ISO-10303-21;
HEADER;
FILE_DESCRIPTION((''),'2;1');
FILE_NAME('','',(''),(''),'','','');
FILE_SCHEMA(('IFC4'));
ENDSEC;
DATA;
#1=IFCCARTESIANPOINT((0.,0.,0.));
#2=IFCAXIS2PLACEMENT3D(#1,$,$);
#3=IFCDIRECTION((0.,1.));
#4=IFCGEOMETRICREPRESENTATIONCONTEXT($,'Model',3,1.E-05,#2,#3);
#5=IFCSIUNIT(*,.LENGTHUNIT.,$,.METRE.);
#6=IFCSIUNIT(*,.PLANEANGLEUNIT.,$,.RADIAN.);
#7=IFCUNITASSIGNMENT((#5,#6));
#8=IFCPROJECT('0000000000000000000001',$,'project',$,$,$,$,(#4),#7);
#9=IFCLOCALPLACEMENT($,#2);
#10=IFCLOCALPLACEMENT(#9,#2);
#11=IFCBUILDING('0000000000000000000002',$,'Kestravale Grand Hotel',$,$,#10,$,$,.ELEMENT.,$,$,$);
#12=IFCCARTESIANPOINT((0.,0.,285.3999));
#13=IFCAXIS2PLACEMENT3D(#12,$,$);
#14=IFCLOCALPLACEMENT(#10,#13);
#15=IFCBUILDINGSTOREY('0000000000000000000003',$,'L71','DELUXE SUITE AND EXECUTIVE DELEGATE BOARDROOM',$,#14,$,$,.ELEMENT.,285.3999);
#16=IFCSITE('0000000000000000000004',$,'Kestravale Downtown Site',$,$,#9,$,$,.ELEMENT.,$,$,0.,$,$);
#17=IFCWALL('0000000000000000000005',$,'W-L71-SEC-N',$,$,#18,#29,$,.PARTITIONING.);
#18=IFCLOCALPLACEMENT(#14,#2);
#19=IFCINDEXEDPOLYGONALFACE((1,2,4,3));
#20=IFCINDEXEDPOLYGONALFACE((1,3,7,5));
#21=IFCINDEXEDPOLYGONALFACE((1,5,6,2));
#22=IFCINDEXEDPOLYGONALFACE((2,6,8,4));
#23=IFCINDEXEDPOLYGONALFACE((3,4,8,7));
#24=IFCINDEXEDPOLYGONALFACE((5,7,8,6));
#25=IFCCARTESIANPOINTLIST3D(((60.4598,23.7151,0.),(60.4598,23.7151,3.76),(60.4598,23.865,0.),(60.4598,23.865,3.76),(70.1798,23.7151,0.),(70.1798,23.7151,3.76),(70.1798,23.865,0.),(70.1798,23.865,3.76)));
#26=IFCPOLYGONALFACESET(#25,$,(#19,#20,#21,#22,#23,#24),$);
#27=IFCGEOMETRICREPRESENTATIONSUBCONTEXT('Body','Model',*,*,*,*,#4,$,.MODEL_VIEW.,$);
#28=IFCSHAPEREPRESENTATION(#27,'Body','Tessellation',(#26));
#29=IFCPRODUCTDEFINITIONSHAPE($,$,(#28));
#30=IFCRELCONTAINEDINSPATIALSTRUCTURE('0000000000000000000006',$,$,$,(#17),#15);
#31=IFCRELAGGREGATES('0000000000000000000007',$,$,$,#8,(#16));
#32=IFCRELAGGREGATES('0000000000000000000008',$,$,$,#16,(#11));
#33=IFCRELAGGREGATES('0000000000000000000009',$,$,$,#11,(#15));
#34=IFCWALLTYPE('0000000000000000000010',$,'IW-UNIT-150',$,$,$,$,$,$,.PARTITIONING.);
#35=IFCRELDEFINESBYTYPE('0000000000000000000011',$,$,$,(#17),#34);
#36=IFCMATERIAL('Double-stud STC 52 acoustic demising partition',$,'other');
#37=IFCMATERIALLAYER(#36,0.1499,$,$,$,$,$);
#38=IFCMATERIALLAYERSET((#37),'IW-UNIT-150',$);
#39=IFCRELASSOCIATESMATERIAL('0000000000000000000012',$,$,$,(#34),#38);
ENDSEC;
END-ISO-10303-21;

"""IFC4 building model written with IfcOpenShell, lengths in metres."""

from ifc_helpers import new_model, si_unit, direction, frame, frame_2d, origin, place, context, subcontext, project, spatial, rectangle, extrude, material, layer, layer_set, type_object, element, save


model = new_model("IFC4")

# Units and contexts
model_context = context("Model", 3, precision=1e-05, world=origin(), true_north=direction((0.0, 1.0)))
body_context = subcontext(model_context, "Body", "Model", "MODEL_VIEW")
ifc_project = project(units=[si_unit("LENGTHUNIT", "METRE"), si_unit("PLANEANGLEUNIT", "RADIAN")], contexts=[model_context])

# Site, building, storey
site_placement = place(None, origin())
site = spatial("IfcSite", under=ifc_project, at=site_placement, Name="Kestravale Downtown Site", CompositionType="ELEMENT", RefElevation=0.0)
building_placement = place(site_placement, origin())
building = spatial("IfcBuilding", under=site, at=building_placement, Name="Kestravale Grand Hotel", CompositionType="ELEMENT")
storey_placement = place(building_placement, frame((0.0, 0.0, 285.3999)))
storey = spatial("IfcBuildingStorey", under=building, at=storey_placement, Name="L71", Description="DELUXE SUITE AND EXECUTIVE DELEGATE BOARDROOM", CompositionType="ELEMENT", Elevation=285.3999)

# Wall
ifc_material_1 = material(Name="Double-stud STC 52 acoustic demising partition", Category="other")
ifc_layer_1 = layer(ifc_material_1, 0.1499)
ifc_layer_set_1 = layer_set([ifc_layer_1], Name="IW-UNIT-150")
wall_type_1 = type_object("IfcWallType", Name="IW-UNIT-150", PredefinedType="PARTITIONING", material=ifc_layer_set_1)
wall_1_placement = place(storey_placement, frame((60.46, 23.79, 0.0), z_axis=(0.0, 0.0, 1.0), x_axis=(1.0, 0.0, 0.0)))
element("IfcWall", 1, at=wall_1_placement, inside=storey, type_object=wall_type_1, Name="W-L71-SEC-N", PredefinedType="PARTITIONING", context=body_context, shape_type="SweptSolid", body=[
    extrude(rectangle(XDim=9.72, YDim=0.1499, at=frame_2d((4.8599, 0.0))), origin(), (0.0, 0.0, 1.0), 3.76),
])

save(model, "model.ifc")
